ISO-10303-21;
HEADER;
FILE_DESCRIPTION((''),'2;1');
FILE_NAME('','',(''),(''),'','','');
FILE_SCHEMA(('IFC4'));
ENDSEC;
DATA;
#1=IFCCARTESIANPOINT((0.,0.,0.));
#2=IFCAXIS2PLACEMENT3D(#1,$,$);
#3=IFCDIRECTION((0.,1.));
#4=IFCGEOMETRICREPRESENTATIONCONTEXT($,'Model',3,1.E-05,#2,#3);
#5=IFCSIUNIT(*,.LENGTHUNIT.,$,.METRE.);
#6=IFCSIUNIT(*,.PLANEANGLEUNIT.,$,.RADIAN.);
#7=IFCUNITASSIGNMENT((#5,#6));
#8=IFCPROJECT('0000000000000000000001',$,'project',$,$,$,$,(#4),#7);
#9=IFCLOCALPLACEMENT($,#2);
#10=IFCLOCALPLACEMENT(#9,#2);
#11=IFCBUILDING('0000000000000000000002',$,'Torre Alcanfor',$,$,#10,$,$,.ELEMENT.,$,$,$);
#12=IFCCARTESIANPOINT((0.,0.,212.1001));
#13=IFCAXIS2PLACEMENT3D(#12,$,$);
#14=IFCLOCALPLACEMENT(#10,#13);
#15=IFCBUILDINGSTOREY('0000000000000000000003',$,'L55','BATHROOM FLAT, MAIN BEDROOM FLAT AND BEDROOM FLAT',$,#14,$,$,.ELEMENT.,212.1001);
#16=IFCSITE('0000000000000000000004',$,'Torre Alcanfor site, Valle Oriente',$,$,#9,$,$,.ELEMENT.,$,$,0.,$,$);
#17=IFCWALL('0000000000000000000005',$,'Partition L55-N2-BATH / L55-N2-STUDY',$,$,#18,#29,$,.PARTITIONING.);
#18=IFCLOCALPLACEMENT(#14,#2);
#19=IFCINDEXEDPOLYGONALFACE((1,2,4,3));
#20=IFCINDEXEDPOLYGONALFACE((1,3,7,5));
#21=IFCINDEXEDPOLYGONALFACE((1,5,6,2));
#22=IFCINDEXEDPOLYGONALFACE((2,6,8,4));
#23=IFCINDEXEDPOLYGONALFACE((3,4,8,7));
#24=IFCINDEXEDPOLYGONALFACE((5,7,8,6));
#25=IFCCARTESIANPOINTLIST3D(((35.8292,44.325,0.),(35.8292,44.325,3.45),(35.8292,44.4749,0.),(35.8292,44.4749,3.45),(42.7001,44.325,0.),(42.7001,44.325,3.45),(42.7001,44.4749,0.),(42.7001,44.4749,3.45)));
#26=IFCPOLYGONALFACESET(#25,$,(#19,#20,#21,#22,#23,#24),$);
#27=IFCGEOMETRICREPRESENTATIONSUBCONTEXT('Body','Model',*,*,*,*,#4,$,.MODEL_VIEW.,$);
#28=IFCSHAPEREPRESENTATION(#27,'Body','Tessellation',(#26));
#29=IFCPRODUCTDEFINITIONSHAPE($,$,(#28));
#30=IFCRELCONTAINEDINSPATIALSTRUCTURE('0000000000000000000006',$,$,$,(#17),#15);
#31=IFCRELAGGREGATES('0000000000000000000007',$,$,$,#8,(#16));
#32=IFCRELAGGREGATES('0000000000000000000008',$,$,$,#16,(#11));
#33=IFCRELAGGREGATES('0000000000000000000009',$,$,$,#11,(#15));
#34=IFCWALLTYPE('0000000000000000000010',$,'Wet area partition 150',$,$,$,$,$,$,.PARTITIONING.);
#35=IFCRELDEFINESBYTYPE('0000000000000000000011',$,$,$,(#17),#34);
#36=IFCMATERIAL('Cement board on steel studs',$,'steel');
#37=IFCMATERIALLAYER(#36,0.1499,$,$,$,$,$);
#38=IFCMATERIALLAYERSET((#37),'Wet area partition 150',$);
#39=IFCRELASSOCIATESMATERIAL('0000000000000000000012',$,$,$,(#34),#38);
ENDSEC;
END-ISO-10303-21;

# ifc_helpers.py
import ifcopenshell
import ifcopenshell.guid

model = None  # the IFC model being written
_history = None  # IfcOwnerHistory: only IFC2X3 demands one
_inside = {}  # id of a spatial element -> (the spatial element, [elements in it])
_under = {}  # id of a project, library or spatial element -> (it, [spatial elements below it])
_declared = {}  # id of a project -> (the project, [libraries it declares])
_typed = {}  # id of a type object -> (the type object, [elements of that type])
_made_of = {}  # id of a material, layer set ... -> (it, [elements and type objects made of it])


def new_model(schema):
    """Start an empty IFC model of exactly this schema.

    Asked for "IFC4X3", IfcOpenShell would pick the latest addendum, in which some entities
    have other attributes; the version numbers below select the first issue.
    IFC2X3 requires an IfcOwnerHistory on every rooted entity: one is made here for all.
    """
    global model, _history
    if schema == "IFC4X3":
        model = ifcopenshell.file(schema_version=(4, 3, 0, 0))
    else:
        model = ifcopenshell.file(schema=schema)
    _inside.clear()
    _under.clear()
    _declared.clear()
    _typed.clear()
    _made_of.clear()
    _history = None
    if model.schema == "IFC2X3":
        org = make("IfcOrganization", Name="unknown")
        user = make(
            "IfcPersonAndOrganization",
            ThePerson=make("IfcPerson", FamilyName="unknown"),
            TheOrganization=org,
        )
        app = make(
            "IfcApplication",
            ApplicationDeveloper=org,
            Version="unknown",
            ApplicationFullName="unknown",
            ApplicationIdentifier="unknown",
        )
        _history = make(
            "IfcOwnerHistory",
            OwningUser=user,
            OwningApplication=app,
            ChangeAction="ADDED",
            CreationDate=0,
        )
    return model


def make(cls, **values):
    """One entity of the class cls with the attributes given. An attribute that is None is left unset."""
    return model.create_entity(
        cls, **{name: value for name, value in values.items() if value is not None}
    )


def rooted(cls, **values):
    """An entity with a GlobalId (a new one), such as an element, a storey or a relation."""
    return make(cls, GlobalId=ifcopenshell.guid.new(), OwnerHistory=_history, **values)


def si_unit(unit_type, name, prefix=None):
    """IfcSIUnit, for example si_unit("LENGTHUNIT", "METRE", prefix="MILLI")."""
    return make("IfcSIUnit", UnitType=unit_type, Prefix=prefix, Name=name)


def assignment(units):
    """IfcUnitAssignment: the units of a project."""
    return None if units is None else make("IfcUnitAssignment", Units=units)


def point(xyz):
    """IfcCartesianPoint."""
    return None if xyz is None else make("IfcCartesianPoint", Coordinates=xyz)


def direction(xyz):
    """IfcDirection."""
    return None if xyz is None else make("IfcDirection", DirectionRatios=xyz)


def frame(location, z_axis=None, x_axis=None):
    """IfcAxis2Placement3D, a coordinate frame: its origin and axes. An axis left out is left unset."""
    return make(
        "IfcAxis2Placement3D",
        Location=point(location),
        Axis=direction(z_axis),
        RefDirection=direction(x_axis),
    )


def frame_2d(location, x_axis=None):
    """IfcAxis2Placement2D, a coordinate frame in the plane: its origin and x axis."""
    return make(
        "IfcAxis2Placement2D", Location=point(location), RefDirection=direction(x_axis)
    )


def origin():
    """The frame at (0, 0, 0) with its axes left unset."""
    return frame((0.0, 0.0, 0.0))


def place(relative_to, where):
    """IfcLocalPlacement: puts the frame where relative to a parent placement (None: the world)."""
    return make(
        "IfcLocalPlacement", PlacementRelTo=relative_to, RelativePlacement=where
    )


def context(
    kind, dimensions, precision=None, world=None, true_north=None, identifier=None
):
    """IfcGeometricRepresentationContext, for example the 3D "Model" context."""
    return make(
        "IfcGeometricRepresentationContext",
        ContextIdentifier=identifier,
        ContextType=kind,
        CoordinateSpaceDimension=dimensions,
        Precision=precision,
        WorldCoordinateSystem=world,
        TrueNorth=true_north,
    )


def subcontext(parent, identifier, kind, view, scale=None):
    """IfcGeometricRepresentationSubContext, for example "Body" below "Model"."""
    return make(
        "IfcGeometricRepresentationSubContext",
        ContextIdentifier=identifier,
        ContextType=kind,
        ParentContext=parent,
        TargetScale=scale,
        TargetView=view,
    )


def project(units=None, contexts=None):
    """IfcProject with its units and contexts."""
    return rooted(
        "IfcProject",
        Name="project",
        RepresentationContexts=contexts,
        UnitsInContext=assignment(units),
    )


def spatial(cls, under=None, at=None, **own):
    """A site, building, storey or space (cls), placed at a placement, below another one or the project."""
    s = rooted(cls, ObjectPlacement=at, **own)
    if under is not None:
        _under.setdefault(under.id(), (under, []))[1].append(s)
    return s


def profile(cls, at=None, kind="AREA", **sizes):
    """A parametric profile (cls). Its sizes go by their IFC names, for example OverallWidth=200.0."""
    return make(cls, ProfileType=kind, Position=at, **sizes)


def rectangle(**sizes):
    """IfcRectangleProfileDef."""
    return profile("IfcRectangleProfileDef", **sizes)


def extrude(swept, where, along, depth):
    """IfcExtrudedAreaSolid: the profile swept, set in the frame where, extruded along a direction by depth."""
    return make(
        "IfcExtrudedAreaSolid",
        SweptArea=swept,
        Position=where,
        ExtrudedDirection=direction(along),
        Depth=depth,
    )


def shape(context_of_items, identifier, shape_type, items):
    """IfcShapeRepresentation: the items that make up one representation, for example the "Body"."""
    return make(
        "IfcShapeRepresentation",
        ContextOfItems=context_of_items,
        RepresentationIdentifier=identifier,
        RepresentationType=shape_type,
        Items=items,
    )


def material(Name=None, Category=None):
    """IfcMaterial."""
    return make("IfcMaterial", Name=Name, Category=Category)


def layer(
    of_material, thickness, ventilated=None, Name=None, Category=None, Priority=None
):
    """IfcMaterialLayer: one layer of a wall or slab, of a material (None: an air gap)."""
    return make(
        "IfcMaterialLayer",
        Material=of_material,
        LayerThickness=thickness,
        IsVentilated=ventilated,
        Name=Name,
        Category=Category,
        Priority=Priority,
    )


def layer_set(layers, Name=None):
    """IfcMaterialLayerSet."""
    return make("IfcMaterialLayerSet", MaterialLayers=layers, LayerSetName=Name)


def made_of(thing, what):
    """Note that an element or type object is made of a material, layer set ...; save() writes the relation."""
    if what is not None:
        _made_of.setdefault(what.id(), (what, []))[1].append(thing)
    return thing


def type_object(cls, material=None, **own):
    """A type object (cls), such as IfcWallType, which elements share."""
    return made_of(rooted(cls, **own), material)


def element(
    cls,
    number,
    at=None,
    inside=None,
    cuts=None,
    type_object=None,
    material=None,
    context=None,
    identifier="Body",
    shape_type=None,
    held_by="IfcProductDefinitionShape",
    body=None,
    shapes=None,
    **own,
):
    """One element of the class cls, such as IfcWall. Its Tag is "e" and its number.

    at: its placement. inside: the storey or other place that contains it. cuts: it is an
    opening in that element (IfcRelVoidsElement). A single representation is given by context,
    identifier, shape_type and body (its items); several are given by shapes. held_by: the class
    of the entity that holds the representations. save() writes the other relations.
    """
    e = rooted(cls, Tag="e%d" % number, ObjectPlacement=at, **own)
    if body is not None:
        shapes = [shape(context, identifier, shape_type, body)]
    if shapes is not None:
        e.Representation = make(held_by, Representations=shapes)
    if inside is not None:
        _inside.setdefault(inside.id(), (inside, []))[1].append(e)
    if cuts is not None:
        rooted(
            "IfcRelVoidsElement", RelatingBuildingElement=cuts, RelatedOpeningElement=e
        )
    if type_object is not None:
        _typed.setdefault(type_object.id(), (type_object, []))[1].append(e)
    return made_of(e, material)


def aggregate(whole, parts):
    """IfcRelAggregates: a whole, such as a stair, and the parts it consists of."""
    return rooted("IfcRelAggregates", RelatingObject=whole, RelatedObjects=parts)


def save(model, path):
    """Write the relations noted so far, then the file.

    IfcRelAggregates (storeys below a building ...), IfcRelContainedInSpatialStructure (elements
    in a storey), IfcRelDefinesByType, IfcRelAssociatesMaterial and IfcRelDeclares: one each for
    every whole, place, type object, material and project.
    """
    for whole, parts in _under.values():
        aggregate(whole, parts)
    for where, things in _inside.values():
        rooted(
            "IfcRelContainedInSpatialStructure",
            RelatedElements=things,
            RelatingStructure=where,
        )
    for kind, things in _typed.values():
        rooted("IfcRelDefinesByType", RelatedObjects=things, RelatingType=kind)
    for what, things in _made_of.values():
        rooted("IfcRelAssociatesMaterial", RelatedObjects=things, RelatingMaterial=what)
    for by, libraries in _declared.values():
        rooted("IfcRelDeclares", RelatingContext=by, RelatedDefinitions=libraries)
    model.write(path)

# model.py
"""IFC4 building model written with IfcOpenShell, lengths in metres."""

from ifc_helpers import new_model, si_unit, direction, frame, frame_2d, origin, place, context, subcontext, project, spatial, rectangle, extrude, material, layer, layer_set, type_object, element, save


model = new_model("IFC4")

# Units and contexts
model_context = context("Model", 3, precision=1e-05, world=origin(), true_north=direction((0.0, 1.0)))
body_context = subcontext(model_context, "Body", "Model", "MODEL_VIEW")
ifc_project = project(units=[si_unit("LENGTHUNIT", "METRE"), si_unit("PLANEANGLEUNIT", "RADIAN")], contexts=[model_context])

# Site, building, storey
site_placement = place(None, origin())
site = spatial("IfcSite", under=ifc_project, at=site_placement, Name="Torre Alcanfor site, Valle Oriente", CompositionType="ELEMENT", RefElevation=0.0)
building_placement = place(site_placement, origin())
building = spatial("IfcBuilding", under=site, at=building_placement, Name="Torre Alcanfor", CompositionType="ELEMENT")
storey_placement = place(building_placement, frame((0.0, 0.0, 212.1001)))
storey = spatial("IfcBuildingStorey", under=building, at=storey_placement, Name="L55", Description="BATHROOM FLAT, MAIN BEDROOM FLAT AND BEDROOM FLAT", CompositionType="ELEMENT", Elevation=212.1001)

# Wall
ifc_material_1 = material(Name="Cement board on steel studs", Category="steel")
ifc_layer_1 = layer(ifc_material_1, 0.1499)
ifc_layer_set_1 = layer_set([ifc_layer_1], Name="Wet area partition 150")
wall_type_1 = type_object("IfcWallType", Name="Wet area partition 150", PredefinedType="PARTITIONING", material=ifc_layer_set_1)
wall_1_placement = place(storey_placement, frame((35.8291, 44.3999, 0.0), z_axis=(0.0, 0.0, 1.0), x_axis=(1.0, 0.0, 0.0)))
element("IfcWall", 1, at=wall_1_placement, inside=storey, type_object=wall_type_1, Name="Partition L55-N2-BATH / L55-N2-STUDY", PredefinedType="PARTITIONING", context=body_context, shape_type="SweptSolid", body=[
    extrude(rectangle(XDim=6.8708, YDim=0.1499, at=frame_2d((3.4355, 0.0))), origin(), (0.0, 0.0, 1.0), 3.45),
])

save(model, "model.ifc")
